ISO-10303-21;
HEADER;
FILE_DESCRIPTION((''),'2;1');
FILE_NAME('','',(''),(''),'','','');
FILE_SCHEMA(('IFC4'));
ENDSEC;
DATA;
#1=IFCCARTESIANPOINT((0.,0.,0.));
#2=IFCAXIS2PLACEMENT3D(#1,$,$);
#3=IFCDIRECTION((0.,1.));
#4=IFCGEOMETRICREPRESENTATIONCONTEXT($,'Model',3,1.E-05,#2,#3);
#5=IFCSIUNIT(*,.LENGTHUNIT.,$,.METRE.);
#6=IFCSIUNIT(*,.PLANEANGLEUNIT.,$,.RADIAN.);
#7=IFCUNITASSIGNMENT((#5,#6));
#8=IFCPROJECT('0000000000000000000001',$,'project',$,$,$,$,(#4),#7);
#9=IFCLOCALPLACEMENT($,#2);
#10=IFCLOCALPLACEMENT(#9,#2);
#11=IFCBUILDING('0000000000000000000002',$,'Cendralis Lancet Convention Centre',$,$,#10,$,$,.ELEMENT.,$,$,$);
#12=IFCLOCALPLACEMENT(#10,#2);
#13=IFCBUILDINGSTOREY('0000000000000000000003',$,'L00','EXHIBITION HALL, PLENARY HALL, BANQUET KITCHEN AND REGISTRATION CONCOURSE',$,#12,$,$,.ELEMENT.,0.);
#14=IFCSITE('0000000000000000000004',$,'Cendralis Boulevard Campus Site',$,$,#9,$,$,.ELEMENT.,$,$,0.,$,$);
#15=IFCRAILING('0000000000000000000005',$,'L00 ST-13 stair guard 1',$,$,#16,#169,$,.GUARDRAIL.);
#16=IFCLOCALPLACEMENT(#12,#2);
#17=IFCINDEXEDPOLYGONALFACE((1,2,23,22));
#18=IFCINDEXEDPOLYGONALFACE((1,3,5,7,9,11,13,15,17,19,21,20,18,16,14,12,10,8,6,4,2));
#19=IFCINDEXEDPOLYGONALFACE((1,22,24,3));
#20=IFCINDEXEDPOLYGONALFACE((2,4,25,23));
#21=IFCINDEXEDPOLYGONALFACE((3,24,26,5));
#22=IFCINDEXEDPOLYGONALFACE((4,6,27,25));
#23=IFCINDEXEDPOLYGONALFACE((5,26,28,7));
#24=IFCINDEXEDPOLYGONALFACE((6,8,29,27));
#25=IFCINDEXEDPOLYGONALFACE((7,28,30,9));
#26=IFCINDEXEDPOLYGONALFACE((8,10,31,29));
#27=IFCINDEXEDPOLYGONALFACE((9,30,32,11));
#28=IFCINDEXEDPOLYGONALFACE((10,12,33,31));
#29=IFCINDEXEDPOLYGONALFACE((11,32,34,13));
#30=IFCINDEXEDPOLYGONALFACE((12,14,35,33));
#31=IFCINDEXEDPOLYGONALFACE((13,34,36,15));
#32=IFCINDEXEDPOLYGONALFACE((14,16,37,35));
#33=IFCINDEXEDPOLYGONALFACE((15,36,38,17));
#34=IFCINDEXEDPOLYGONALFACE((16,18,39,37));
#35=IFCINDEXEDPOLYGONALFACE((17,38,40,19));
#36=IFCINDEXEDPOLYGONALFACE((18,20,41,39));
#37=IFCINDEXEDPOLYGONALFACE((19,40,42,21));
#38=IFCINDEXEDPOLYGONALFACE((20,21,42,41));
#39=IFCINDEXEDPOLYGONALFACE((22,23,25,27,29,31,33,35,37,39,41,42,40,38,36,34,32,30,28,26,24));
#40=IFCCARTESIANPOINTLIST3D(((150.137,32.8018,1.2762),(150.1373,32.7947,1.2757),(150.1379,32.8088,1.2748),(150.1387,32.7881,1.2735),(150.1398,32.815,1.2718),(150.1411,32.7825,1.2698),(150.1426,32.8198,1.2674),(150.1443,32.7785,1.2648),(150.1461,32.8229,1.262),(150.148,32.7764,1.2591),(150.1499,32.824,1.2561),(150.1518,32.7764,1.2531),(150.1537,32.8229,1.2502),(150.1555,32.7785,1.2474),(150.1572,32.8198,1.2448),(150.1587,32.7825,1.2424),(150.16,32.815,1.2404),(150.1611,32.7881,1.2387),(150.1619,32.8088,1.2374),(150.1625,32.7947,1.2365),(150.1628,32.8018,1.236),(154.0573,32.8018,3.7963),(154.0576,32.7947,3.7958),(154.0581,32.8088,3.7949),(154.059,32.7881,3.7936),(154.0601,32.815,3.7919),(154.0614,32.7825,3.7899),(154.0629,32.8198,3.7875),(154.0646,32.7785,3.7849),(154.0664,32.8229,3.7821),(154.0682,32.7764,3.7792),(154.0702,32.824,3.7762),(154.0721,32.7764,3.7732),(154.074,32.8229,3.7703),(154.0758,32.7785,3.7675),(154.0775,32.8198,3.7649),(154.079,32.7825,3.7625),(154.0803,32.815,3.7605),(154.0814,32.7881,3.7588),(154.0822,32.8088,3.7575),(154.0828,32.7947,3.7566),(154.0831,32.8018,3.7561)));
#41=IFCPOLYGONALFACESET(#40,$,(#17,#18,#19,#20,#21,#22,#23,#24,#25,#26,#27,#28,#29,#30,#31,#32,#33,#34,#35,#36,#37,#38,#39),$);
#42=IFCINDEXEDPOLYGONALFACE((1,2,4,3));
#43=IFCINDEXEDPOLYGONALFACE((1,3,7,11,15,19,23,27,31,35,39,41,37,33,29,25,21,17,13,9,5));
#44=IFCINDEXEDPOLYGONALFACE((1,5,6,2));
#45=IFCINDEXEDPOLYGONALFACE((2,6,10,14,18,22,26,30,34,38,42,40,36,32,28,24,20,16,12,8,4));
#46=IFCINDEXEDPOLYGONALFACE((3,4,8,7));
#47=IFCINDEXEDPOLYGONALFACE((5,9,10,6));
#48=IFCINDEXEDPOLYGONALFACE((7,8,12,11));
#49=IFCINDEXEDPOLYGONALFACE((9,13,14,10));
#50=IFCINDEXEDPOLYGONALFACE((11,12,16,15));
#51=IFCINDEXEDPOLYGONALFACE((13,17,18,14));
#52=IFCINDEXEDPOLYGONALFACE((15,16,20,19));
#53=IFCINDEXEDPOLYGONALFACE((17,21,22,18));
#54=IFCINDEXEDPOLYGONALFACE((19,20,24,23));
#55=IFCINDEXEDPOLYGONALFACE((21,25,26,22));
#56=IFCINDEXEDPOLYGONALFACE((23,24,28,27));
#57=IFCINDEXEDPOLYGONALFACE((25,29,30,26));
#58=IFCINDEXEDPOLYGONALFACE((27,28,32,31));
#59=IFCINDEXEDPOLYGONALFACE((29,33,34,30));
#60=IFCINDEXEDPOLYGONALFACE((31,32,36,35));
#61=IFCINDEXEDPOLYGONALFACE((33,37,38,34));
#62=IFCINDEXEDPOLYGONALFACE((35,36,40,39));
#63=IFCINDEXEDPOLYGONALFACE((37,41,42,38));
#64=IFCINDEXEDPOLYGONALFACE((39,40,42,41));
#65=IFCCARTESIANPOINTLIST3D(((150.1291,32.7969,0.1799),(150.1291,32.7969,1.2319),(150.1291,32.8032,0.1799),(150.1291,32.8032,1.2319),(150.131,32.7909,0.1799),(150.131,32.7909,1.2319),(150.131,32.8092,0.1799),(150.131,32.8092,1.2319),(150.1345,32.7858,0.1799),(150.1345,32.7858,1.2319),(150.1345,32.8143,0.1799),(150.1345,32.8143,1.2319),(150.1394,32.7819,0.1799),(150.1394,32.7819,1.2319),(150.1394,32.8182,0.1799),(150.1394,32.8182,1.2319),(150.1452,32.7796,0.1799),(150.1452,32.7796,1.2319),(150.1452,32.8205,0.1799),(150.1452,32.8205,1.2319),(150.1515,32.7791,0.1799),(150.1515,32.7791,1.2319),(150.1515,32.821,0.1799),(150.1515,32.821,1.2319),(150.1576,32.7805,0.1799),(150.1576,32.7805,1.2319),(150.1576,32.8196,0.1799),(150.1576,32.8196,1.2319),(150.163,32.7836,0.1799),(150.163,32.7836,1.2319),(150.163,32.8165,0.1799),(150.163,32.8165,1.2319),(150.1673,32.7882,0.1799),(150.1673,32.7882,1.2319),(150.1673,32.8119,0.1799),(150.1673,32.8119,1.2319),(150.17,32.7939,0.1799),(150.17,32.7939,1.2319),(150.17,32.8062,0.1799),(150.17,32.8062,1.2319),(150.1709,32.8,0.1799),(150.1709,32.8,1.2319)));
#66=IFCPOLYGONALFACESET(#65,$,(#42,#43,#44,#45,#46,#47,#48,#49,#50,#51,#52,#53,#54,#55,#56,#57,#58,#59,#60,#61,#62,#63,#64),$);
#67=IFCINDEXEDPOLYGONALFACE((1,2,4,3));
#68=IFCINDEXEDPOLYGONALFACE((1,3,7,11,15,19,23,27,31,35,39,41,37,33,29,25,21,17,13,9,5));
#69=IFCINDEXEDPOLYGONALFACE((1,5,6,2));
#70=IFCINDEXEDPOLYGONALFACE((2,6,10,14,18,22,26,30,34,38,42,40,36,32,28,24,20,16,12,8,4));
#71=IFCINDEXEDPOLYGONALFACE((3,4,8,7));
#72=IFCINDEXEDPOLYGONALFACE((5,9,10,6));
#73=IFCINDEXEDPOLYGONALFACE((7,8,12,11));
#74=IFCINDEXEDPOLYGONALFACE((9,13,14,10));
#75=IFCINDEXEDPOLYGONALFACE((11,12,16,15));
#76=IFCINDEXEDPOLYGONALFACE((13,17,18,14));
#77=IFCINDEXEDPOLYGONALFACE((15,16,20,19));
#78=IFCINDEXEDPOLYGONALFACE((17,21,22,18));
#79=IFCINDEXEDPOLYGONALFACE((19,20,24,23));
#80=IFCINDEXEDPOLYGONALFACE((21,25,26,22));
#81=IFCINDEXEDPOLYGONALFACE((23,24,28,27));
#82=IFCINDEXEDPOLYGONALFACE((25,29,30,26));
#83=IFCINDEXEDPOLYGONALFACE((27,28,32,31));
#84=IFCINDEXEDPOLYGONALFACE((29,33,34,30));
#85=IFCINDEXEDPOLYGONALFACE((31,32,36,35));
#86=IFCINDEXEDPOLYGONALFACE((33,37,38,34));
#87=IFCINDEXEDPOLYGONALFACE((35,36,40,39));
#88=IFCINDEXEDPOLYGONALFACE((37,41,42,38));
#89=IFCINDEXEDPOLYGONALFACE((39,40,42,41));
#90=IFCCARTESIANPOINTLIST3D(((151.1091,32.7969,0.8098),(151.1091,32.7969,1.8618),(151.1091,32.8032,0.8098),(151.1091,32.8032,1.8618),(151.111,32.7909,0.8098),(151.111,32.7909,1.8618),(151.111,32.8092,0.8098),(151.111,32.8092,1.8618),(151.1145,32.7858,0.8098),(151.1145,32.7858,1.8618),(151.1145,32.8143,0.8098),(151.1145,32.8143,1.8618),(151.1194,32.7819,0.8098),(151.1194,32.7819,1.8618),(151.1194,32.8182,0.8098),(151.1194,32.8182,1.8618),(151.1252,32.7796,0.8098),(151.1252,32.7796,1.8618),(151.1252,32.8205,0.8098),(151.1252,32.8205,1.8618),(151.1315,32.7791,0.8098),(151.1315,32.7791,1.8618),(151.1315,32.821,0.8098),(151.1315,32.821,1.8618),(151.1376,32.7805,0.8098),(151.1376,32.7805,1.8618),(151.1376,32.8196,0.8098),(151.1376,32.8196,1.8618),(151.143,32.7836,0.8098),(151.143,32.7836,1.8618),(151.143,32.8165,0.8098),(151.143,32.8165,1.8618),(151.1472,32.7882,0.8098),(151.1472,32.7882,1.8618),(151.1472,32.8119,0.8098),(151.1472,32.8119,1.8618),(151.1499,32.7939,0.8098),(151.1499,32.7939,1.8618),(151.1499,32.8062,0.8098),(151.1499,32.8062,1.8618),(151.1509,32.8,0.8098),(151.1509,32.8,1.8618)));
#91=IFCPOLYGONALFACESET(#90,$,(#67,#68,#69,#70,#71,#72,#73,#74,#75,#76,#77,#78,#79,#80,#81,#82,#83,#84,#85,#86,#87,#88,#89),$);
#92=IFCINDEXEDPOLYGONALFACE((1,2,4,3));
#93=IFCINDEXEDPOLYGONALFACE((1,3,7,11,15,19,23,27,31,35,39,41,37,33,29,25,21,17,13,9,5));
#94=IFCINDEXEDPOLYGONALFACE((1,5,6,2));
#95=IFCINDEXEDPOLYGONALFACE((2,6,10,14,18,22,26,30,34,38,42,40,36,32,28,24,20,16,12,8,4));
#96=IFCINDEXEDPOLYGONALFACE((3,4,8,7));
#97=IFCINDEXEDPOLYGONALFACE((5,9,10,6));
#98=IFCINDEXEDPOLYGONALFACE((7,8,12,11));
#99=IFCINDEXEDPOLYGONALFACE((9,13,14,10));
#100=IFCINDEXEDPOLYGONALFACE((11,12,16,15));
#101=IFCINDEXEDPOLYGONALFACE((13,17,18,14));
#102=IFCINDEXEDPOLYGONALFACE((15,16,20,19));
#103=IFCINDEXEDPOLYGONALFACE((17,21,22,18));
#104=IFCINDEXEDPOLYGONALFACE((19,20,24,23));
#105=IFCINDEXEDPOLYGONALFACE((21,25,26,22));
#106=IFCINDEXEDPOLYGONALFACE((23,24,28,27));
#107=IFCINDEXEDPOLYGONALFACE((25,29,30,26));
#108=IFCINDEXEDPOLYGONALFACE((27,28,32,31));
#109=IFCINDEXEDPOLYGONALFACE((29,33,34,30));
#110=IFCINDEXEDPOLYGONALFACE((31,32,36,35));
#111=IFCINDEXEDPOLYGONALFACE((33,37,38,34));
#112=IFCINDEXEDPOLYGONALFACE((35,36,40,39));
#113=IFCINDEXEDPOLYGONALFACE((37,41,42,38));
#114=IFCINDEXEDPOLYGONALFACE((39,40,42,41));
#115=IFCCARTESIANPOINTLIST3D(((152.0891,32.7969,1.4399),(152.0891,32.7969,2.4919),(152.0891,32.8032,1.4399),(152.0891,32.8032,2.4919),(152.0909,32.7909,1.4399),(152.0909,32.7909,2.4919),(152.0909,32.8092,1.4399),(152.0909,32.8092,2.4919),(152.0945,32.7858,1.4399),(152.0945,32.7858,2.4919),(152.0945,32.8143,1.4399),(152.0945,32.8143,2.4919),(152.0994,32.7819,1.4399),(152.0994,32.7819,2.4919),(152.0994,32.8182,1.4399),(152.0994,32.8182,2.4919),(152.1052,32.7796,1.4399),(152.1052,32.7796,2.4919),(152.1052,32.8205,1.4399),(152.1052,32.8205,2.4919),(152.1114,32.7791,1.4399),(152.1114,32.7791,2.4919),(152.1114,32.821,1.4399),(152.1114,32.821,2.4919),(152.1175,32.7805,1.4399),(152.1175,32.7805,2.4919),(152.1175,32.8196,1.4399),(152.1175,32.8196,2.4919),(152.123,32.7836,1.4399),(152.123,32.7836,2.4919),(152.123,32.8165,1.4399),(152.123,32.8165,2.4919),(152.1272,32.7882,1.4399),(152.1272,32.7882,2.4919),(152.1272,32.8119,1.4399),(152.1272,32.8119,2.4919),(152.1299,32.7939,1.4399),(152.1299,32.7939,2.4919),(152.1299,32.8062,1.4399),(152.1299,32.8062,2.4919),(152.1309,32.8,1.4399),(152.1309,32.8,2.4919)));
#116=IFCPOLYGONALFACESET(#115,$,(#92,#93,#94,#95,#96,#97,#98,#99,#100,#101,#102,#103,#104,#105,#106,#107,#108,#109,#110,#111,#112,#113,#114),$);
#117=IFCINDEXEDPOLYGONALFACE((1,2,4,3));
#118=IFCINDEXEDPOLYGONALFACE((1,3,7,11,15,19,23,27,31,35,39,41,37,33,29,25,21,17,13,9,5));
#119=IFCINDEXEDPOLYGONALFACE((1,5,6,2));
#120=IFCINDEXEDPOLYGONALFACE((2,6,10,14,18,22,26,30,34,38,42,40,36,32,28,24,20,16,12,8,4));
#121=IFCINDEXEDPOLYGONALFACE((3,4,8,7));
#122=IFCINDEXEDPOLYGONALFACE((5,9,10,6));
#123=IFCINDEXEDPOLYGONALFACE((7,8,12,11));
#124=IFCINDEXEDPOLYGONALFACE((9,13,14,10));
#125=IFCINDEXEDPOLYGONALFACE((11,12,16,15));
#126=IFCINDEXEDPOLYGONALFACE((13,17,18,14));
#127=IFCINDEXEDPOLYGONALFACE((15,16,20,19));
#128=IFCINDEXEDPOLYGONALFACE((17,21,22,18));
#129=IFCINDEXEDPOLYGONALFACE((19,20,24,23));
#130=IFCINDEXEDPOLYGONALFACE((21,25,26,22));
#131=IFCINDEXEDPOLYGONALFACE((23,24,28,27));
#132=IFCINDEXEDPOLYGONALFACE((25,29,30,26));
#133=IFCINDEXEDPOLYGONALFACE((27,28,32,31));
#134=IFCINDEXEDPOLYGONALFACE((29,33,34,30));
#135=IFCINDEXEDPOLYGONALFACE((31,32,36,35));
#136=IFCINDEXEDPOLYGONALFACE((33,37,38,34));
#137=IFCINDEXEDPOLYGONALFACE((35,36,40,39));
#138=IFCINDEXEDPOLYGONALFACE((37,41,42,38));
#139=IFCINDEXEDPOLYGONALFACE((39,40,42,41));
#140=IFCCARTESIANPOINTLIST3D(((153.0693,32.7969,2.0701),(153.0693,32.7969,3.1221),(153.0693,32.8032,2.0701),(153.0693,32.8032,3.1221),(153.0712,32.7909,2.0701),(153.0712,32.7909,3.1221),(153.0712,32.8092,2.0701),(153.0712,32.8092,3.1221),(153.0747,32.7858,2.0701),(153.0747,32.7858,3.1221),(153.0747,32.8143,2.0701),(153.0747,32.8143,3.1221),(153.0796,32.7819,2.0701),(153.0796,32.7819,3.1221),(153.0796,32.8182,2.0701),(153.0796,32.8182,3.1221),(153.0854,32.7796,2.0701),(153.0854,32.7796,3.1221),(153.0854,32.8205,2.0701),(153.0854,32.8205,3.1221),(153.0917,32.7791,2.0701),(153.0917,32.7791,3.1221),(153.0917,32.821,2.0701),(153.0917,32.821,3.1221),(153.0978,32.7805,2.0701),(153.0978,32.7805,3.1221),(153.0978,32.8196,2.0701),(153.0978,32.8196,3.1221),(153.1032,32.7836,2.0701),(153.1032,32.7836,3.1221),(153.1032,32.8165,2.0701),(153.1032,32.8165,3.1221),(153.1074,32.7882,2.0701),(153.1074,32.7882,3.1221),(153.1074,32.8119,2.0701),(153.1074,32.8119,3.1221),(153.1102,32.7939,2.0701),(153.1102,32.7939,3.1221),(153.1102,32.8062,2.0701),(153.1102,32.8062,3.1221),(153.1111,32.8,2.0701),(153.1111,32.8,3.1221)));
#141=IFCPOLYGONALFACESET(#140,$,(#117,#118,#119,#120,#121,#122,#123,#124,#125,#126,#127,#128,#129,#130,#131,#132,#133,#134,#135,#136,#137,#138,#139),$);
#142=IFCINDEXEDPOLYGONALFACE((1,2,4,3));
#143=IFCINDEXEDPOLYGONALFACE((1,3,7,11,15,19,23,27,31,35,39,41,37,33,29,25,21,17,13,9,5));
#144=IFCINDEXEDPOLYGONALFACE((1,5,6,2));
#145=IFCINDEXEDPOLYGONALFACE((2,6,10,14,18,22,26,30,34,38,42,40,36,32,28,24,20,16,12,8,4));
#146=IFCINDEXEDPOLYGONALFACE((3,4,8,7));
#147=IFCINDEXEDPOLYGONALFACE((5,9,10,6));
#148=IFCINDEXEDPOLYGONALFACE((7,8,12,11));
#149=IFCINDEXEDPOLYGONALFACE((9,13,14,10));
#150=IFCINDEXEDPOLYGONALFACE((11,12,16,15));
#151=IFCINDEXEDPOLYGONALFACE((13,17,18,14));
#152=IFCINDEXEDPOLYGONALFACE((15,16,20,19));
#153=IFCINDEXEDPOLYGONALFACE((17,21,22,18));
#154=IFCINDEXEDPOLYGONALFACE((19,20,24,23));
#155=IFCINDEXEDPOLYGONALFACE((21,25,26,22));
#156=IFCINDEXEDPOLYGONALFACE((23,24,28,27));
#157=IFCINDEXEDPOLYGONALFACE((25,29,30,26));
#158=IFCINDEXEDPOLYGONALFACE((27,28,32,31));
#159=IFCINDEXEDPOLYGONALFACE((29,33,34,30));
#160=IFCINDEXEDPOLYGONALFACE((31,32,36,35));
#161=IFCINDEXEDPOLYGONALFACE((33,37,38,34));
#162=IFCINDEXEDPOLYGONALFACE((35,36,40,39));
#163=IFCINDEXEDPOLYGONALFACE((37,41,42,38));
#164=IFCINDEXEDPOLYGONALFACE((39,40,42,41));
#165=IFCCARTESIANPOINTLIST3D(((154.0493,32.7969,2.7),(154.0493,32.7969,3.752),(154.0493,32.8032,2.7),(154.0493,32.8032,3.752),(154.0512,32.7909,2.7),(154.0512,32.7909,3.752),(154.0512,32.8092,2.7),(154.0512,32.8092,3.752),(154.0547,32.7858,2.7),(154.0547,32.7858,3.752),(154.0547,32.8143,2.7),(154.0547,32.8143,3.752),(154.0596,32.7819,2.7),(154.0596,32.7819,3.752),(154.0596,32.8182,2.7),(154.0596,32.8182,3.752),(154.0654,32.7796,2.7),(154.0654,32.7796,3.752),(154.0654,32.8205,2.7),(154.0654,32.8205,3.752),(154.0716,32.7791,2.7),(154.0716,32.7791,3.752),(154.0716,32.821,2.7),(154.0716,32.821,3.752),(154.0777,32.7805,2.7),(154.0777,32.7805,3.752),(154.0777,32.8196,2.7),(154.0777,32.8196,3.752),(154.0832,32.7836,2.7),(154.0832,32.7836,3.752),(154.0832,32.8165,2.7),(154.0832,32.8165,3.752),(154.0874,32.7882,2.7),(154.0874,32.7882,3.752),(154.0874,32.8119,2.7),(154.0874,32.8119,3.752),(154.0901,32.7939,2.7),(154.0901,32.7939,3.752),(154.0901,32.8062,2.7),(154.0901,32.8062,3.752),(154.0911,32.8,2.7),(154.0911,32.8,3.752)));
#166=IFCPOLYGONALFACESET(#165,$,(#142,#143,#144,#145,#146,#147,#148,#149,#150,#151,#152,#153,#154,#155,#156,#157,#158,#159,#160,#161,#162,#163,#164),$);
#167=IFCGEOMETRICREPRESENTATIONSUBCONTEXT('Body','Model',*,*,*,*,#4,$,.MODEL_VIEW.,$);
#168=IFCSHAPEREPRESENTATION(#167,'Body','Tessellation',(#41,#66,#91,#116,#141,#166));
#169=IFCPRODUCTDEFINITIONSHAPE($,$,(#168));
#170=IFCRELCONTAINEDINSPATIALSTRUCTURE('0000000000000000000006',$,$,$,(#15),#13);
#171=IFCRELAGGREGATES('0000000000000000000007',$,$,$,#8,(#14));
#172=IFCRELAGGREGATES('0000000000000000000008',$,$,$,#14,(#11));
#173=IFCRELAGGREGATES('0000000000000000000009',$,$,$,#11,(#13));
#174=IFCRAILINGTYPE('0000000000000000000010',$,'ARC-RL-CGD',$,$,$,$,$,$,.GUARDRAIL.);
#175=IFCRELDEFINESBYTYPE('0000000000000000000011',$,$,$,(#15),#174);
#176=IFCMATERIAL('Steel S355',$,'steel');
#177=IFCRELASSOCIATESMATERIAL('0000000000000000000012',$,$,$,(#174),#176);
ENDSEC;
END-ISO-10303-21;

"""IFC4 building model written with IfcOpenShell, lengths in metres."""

from ifc_helpers import new_model, si_unit, direction, frame, origin, origin_2d, place, context, subcontext, project, spatial, circle, extrude, material, type_object, element, save


model = new_model("IFC4")

# Units and contexts
model_context = context("Model", 3, precision=1e-05, world=origin(), true_north=direction((0.0, 1.0)))
body_context = subcontext(model_context, "Body", "Model", "MODEL_VIEW")
ifc_project = project(units=[si_unit("LENGTHUNIT", "METRE"), si_unit("PLANEANGLEUNIT", "RADIAN")], contexts=[model_context])

# Site, building, storey
site_placement = place(None, origin())
site = spatial("IfcSite", under=ifc_project, at=site_placement, Name="Cendralis Boulevard Campus Site", CompositionType="ELEMENT", RefElevation=0.0)
building_placement = place(site_placement, origin())
building = spatial("IfcBuilding", under=site, at=building_placement, Name="Cendralis Lancet Convention Centre", CompositionType="ELEMENT")
storey_placement = place(building_placement, origin())
storey = spatial("IfcBuildingStorey", under=building, at=storey_placement, Name="L00", Description="EXHIBITION HALL, PLENARY HALL, BANQUET KITCHEN AND REGISTRATION CONCOURSE", CompositionType="ELEMENT", Elevation=0.0)

# Shared definitions
ifc_material_1 = material(Name="Steel S355", Category="steel")

# Railing
railing_type_1 = type_object("IfcRailingType", Name="ARC-RL-CGD", PredefinedType="GUARDRAIL", material=ifc_material_1)
railing_1_placement = place(storey_placement, frame((150.1499, 32.8, 0.1799)))
element("IfcRailing", 1, at=railing_1_placement, inside=storey, type_object=railing_type_1, Name="L00 ST-13 stair guard 1", PredefinedType="GUARDRAIL", context=body_context, shape_type="SweptSolid", body=[
    extrude(circle(Radius=0.0239, at=origin_2d()), frame((0.0, 0.0, 1.0762), z_axis=(0.841187, 0.0, 0.540744), x_axis=(0.0, 1.0, 0.0)), (0.0, 0.0, 1.0), 4.6604),
    extrude(circle(Radius=0.021, at=origin_2d()), origin(), (0.0, 0.0, 1.0), 1.052),
    extrude(circle(Radius=0.021, at=origin_2d()), frame((0.98, 0.0, 0.6299)), (0.0, 0.0, 1.0), 1.052),
    extrude(circle(Radius=0.021, at=origin_2d()), frame((1.96, 0.0, 1.26)), (0.0, 0.0, 1.0), 1.052),
    extrude(circle(Radius=0.021, at=origin_2d()), frame((2.9402, 0.0, 1.8901)), (0.0, 0.0, 1.0), 1.052),
    extrude(circle(Radius=0.021, at=origin_2d()), frame((3.9202, 0.0, 2.52)), (0.0, 0.0, 1.0), 1.052),
])

save(model, "model.ifc")
